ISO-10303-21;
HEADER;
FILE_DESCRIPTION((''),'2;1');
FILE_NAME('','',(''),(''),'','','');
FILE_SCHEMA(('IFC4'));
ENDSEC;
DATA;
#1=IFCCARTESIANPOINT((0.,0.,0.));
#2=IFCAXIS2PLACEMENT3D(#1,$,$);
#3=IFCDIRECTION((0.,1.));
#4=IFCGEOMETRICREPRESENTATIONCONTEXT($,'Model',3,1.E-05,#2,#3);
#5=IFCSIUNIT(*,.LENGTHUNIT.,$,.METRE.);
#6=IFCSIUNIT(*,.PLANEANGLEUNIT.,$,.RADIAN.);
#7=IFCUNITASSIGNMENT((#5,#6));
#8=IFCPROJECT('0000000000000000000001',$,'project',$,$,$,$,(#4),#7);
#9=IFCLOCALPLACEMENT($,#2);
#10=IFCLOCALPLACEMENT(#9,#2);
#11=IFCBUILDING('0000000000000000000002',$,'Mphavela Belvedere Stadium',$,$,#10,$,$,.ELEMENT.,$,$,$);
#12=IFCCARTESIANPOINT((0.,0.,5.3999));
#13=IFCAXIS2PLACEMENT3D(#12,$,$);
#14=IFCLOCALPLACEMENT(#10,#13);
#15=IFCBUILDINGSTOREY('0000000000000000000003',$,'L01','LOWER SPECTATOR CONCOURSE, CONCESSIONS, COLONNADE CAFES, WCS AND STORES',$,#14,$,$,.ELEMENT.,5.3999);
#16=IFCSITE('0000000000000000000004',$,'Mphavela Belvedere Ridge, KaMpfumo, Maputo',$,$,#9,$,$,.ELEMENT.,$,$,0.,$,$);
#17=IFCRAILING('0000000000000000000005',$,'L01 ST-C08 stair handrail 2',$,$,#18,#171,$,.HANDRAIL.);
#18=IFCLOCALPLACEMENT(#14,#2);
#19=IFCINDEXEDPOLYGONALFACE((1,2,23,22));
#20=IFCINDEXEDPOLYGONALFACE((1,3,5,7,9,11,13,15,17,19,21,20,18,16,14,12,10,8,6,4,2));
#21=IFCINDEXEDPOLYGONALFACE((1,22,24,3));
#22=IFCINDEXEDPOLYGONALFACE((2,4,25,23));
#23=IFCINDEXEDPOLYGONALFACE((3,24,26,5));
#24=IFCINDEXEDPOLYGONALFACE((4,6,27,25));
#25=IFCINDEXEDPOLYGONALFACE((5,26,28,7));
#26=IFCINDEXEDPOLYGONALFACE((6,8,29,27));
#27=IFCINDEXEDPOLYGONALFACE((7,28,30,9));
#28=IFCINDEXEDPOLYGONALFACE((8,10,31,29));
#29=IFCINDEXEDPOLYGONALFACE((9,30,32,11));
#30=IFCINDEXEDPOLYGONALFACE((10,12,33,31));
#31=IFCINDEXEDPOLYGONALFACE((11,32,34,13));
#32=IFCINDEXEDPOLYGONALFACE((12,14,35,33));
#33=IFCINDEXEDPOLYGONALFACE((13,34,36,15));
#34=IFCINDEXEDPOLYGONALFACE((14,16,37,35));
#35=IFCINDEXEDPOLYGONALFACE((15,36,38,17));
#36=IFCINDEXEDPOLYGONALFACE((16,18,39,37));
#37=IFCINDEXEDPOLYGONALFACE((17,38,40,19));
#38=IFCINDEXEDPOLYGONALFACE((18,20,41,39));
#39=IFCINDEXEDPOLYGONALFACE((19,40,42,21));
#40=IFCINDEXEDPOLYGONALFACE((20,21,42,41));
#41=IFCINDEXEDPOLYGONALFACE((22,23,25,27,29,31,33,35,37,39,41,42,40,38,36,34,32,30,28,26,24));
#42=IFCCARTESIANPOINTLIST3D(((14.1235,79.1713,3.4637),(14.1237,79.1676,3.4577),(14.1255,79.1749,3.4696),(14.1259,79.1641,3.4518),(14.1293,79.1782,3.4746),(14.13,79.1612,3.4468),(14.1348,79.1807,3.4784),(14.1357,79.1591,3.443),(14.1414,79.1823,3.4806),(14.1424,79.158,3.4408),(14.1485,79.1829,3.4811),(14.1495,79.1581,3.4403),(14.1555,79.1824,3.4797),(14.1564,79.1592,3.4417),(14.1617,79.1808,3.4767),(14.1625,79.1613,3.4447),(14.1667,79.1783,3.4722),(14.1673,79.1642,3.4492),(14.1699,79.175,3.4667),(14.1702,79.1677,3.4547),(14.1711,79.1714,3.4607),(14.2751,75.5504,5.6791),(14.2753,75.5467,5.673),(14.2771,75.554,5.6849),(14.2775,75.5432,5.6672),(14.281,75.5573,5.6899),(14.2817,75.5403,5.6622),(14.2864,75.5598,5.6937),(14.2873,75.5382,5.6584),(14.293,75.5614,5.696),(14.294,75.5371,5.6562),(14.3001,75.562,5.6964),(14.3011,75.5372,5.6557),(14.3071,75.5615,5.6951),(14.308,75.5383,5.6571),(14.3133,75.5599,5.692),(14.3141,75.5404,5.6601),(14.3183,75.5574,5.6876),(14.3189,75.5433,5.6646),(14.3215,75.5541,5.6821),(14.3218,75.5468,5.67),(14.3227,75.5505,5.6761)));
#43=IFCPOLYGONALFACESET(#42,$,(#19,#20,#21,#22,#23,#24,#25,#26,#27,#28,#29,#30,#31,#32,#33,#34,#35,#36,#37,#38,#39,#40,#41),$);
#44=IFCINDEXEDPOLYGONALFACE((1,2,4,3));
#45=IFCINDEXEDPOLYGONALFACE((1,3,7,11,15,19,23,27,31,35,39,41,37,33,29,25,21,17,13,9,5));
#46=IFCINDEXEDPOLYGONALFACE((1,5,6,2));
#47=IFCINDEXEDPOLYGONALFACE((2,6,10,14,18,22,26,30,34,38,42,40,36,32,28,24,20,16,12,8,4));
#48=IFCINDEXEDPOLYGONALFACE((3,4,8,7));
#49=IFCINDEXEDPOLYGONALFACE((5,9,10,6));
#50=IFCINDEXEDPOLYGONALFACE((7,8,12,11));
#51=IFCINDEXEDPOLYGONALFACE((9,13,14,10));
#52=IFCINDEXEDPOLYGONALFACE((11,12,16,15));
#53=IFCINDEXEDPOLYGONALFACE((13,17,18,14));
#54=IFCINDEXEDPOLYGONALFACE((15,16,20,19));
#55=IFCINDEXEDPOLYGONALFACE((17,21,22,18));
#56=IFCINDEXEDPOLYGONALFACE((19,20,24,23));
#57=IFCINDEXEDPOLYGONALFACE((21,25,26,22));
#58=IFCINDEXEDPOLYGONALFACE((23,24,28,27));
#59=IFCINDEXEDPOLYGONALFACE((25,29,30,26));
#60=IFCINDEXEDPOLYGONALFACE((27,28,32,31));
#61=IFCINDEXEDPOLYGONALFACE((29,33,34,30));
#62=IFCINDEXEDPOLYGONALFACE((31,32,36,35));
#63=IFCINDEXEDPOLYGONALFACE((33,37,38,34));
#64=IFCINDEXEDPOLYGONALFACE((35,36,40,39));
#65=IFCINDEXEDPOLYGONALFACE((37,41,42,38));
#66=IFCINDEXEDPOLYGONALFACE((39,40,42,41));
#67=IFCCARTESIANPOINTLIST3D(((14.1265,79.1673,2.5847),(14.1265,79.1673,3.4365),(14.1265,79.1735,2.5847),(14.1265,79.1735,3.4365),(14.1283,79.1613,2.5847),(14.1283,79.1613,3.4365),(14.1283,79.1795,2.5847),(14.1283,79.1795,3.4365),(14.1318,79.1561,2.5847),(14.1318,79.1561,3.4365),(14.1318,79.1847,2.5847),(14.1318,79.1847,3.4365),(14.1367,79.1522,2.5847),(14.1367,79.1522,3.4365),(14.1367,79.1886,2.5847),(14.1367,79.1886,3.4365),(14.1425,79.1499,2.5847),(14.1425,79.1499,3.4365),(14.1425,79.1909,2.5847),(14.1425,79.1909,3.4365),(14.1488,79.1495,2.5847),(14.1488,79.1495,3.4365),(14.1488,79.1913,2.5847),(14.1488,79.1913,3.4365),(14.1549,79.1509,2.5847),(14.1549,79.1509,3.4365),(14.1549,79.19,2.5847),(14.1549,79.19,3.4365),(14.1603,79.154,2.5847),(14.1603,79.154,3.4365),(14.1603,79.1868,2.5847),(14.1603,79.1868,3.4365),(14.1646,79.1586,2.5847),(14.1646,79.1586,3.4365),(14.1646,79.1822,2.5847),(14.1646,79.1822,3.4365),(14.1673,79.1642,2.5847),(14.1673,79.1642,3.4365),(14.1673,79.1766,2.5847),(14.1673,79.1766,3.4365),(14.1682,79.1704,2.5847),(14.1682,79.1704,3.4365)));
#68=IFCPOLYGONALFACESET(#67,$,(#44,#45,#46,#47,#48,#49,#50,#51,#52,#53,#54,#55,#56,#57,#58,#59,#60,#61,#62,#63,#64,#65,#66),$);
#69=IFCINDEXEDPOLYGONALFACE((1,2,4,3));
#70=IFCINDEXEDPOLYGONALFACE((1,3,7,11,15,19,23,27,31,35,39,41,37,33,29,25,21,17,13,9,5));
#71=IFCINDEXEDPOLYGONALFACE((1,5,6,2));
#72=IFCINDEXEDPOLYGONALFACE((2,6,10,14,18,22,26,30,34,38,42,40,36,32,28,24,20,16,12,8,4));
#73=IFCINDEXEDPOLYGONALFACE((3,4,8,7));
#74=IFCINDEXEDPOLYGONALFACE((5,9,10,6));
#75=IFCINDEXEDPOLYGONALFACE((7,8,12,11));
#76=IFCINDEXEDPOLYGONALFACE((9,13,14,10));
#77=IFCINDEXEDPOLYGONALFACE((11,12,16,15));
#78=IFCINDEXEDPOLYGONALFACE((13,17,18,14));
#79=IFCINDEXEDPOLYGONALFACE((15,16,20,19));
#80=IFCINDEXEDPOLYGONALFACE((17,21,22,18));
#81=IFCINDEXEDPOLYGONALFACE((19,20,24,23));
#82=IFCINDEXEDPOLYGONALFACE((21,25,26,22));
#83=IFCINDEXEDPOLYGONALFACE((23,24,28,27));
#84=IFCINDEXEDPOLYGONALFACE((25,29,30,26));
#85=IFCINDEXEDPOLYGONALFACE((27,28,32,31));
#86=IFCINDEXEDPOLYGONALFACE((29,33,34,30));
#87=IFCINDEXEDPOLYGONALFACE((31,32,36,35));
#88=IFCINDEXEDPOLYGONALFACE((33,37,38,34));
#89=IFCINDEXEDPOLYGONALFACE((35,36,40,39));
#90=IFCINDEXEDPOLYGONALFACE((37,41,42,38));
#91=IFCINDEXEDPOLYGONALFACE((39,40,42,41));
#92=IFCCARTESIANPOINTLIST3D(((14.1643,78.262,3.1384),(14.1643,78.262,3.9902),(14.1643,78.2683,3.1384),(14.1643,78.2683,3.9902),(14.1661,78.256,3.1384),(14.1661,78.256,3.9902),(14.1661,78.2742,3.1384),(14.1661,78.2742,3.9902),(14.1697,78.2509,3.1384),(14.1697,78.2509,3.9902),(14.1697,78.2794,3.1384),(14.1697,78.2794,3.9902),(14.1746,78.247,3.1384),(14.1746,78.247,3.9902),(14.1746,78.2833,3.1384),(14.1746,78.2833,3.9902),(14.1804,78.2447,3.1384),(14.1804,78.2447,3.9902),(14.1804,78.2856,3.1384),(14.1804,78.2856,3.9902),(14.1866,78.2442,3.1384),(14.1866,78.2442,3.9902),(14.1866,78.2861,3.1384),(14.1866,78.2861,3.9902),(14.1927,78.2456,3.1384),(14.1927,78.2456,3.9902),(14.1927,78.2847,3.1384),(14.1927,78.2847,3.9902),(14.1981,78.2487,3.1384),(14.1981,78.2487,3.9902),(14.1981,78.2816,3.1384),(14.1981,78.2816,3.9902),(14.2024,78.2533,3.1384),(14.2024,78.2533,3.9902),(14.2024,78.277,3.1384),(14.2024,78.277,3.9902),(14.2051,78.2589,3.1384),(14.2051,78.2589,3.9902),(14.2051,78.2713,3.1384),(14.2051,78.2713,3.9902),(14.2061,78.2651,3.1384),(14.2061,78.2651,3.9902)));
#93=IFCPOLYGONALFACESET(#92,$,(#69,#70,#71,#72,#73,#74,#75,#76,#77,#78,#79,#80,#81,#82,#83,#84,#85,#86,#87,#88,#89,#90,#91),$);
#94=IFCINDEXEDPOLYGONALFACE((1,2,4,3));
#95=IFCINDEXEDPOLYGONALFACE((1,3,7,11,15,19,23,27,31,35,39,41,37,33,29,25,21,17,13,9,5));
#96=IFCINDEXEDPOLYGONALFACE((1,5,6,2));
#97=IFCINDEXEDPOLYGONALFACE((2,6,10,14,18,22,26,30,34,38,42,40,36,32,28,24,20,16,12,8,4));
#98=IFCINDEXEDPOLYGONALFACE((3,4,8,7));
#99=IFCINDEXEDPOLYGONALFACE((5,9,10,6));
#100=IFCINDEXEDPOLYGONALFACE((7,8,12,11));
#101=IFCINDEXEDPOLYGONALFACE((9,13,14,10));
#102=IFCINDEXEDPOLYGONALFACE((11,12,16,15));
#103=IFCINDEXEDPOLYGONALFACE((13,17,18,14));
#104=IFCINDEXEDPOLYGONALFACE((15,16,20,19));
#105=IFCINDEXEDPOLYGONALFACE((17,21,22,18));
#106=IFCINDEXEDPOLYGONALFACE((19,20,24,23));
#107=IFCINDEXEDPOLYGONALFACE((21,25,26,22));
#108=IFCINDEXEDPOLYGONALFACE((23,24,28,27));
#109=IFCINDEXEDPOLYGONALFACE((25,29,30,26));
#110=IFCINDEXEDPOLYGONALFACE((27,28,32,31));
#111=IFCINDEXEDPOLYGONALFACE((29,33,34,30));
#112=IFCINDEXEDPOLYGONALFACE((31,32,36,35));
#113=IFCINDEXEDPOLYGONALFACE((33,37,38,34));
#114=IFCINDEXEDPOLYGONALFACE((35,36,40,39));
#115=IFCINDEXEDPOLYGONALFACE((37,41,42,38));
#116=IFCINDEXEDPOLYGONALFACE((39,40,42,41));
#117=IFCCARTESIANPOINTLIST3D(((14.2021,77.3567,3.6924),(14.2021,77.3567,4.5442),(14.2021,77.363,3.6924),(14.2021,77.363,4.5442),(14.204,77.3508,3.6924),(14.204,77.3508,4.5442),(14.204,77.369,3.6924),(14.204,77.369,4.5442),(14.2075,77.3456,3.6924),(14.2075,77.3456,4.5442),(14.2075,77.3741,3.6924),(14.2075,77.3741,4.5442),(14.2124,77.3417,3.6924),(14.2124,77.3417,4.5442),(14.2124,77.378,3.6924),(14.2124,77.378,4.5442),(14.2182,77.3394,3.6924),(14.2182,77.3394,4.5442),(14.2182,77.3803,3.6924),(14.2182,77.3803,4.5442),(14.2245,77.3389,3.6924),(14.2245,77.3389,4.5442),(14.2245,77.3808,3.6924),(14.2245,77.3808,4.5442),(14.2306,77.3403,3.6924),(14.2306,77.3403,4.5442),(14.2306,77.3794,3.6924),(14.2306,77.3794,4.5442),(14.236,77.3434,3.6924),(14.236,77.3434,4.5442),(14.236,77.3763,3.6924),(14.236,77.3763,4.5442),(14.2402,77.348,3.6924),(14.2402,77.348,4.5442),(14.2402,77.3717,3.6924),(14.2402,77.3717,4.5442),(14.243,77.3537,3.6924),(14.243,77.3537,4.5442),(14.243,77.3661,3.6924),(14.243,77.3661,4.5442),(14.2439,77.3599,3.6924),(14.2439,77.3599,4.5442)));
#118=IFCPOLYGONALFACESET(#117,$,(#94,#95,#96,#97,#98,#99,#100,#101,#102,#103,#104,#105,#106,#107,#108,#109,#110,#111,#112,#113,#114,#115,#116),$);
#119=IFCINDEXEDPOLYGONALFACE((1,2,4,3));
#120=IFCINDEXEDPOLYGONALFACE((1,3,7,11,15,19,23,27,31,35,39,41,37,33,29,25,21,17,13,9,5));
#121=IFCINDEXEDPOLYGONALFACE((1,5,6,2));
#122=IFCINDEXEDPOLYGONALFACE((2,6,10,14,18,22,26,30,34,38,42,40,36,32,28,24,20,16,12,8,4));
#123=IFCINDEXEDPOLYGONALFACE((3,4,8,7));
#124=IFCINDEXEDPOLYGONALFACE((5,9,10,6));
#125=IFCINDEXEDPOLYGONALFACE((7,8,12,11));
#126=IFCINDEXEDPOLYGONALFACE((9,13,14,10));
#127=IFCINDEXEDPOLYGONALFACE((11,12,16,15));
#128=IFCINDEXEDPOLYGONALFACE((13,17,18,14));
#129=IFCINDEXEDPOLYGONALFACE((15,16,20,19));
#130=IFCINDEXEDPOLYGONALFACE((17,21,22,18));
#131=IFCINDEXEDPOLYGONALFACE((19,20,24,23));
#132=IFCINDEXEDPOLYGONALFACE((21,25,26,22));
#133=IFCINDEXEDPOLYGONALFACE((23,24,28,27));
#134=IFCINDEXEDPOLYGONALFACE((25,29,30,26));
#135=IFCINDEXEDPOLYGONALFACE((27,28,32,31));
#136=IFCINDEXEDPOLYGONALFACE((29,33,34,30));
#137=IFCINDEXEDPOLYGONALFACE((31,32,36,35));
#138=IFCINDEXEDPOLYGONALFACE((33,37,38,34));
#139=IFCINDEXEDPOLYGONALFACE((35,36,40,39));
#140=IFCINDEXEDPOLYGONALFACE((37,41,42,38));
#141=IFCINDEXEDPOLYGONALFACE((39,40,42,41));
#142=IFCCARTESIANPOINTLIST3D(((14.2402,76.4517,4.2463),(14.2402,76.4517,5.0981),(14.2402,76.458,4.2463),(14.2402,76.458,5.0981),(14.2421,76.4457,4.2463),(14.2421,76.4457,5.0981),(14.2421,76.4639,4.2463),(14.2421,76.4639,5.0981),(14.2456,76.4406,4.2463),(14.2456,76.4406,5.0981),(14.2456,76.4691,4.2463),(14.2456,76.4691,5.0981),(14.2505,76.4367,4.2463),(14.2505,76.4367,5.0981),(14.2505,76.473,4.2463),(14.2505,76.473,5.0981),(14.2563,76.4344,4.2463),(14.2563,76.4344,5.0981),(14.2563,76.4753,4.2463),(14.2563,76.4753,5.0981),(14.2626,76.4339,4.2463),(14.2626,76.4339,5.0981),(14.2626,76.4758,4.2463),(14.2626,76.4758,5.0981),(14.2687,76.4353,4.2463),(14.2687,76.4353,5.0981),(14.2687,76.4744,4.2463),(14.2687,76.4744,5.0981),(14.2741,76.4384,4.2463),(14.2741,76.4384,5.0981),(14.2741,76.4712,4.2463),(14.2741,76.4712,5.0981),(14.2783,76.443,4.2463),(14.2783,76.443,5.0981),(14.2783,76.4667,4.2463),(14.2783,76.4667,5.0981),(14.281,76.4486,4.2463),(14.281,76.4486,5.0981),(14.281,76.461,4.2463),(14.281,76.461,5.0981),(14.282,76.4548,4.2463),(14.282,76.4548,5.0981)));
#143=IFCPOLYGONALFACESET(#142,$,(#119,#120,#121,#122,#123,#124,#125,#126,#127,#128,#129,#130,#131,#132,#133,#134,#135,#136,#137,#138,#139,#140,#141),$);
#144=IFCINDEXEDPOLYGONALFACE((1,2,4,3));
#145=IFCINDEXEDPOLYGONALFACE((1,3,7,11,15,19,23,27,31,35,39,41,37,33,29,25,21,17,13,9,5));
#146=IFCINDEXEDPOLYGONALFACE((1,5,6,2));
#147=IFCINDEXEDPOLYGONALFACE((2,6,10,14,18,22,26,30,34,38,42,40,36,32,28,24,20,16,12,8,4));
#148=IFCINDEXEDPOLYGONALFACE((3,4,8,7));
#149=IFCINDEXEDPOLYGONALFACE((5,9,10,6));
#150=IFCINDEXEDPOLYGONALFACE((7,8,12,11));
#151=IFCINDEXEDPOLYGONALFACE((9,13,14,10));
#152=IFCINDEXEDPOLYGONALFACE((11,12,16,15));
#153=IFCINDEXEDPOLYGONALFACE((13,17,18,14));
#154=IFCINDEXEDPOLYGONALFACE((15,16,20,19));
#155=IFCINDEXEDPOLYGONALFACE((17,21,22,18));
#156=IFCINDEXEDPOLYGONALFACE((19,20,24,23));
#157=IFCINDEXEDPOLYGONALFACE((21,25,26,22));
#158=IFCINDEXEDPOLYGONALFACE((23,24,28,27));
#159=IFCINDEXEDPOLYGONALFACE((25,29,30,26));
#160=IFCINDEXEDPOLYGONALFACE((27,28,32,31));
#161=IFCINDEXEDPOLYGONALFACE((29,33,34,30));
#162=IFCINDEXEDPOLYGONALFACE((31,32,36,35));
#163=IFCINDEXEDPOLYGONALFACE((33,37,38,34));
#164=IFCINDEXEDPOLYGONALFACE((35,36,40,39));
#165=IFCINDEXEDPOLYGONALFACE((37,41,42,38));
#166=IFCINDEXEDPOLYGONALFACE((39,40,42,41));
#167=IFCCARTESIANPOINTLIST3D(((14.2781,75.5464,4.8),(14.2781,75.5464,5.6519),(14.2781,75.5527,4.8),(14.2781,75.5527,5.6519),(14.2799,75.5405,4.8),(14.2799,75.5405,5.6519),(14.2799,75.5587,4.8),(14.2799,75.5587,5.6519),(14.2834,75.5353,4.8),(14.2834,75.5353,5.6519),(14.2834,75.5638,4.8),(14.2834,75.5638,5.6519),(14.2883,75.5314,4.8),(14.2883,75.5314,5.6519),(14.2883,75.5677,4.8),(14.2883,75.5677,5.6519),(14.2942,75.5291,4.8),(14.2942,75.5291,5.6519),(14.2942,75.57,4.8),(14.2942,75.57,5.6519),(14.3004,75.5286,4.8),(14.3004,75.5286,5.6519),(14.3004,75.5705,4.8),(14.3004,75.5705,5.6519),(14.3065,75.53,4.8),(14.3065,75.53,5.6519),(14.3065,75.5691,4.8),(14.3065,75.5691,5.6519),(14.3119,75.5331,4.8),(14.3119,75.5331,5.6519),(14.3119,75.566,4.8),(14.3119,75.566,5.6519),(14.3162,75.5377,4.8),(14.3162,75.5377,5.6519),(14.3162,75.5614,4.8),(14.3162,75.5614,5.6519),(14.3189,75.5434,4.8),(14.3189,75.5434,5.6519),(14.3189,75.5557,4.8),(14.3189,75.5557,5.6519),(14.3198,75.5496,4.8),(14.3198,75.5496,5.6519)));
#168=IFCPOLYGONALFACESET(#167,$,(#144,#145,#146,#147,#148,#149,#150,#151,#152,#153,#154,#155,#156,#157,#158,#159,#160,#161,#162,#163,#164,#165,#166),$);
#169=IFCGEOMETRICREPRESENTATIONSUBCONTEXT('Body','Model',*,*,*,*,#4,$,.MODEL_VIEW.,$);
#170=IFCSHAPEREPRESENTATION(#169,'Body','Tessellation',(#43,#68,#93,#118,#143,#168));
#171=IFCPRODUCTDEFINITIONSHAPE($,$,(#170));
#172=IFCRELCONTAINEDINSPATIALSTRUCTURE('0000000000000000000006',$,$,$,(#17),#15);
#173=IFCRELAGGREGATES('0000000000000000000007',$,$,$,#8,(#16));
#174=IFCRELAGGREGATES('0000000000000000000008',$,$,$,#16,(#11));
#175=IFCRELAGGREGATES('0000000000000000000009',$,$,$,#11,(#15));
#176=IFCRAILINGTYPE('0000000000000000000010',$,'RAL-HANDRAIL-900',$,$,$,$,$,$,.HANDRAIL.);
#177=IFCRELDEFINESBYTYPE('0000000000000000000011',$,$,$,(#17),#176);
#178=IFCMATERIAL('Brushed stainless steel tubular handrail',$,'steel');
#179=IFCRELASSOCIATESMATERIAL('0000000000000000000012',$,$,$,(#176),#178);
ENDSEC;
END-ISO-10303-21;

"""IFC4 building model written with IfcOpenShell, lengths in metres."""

from ifc_helpers import new_model, si_unit, direction, frame, origin, origin_2d, place, context, subcontext, project, spatial, circle, extrude, material, type_object, element, save


model = new_model("IFC4")

# Units and contexts
model_context = context("Model", 3, precision=1e-05, world=origin(), true_north=direction((0.0, 1.0)))
body_context = subcontext(model_context, "Body", "Model", "MODEL_VIEW")
ifc_project = project(units=[si_unit("LENGTHUNIT", "METRE"), si_unit("PLANEANGLEUNIT", "RADIAN")], contexts=[model_context])

# Site, building, storey
site_placement = place(None, origin())
site = spatial("IfcSite", under=ifc_project, at=site_placement, Name="Mphavela Belvedere Ridge, KaMpfumo, Maputo", CompositionType="ELEMENT", RefElevation=0.0)
building_placement = place(site_placement, origin())
building = spatial("IfcBuilding", under=site, at=building_placement, Name="Mphavela Belvedere Stadium", CompositionType="ELEMENT")
storey_placement = place(building_placement, frame((0.0, 0.0, 5.3999)))
storey = spatial("IfcBuildingStorey", under=building, at=storey_placement, Name="L01", Description="LOWER SPECTATOR CONCOURSE, CONCESSIONS, COLONNADE CAFES, WCS AND STORES", CompositionType="ELEMENT", Elevation=5.3999)

# Railing
ifc_material_1 = material(Name="Brushed stainless steel tubular handrail", Category="steel")
railing_type_1 = type_object("IfcRailingType", Name="RAL-HANDRAIL-900", PredefinedType="HANDRAIL", material=ifc_material_1)
railing_1_placement = place(storey_placement, frame((14.1472, 79.1704, 2.5847)))
element("IfcRailing", 1, at=railing_1_placement, inside=storey, type_object=railing_type_1, Name="L01 ST-C08 stair handrail 2", PredefinedType="HANDRAIL", context=body_context, shape_type="SweptSolid", body=[
    extrude(circle(Radius=0.0239, at=origin_2d()), frame((0.0, 0.0, 0.876), z_axis=(0.035694, -0.852467, 0.521562), x_axis=(0.999125, 0.041835, 0.0)), (0.0, 0.0, 1.0), 4.2476),
    extrude(circle(Radius=0.021, at=origin_2d()), origin(), (0.0, 0.0, 1.0), 0.8518),
    extrude(circle(Radius=0.021, at=origin_2d()), frame((0.0378, -0.9053, 0.5537)), (0.0, 0.0, 1.0), 0.8518),
    extrude(circle(Radius=0.021, at=origin_2d()), frame((0.0757, -1.8105, 1.1077)), (0.0, 0.0, 1.0), 0.8518),
    extrude(circle(Radius=0.021, at=origin_2d()), frame((0.1138, -2.7156, 1.6616)), (0.0, 0.0, 1.0), 0.8518),
    extrude(circle(Radius=0.021, at=origin_2d()), frame((0.1516, -3.6208, 2.2153)), (0.0, 0.0, 1.0), 0.8518),
])

save(model, "model.ifc")
